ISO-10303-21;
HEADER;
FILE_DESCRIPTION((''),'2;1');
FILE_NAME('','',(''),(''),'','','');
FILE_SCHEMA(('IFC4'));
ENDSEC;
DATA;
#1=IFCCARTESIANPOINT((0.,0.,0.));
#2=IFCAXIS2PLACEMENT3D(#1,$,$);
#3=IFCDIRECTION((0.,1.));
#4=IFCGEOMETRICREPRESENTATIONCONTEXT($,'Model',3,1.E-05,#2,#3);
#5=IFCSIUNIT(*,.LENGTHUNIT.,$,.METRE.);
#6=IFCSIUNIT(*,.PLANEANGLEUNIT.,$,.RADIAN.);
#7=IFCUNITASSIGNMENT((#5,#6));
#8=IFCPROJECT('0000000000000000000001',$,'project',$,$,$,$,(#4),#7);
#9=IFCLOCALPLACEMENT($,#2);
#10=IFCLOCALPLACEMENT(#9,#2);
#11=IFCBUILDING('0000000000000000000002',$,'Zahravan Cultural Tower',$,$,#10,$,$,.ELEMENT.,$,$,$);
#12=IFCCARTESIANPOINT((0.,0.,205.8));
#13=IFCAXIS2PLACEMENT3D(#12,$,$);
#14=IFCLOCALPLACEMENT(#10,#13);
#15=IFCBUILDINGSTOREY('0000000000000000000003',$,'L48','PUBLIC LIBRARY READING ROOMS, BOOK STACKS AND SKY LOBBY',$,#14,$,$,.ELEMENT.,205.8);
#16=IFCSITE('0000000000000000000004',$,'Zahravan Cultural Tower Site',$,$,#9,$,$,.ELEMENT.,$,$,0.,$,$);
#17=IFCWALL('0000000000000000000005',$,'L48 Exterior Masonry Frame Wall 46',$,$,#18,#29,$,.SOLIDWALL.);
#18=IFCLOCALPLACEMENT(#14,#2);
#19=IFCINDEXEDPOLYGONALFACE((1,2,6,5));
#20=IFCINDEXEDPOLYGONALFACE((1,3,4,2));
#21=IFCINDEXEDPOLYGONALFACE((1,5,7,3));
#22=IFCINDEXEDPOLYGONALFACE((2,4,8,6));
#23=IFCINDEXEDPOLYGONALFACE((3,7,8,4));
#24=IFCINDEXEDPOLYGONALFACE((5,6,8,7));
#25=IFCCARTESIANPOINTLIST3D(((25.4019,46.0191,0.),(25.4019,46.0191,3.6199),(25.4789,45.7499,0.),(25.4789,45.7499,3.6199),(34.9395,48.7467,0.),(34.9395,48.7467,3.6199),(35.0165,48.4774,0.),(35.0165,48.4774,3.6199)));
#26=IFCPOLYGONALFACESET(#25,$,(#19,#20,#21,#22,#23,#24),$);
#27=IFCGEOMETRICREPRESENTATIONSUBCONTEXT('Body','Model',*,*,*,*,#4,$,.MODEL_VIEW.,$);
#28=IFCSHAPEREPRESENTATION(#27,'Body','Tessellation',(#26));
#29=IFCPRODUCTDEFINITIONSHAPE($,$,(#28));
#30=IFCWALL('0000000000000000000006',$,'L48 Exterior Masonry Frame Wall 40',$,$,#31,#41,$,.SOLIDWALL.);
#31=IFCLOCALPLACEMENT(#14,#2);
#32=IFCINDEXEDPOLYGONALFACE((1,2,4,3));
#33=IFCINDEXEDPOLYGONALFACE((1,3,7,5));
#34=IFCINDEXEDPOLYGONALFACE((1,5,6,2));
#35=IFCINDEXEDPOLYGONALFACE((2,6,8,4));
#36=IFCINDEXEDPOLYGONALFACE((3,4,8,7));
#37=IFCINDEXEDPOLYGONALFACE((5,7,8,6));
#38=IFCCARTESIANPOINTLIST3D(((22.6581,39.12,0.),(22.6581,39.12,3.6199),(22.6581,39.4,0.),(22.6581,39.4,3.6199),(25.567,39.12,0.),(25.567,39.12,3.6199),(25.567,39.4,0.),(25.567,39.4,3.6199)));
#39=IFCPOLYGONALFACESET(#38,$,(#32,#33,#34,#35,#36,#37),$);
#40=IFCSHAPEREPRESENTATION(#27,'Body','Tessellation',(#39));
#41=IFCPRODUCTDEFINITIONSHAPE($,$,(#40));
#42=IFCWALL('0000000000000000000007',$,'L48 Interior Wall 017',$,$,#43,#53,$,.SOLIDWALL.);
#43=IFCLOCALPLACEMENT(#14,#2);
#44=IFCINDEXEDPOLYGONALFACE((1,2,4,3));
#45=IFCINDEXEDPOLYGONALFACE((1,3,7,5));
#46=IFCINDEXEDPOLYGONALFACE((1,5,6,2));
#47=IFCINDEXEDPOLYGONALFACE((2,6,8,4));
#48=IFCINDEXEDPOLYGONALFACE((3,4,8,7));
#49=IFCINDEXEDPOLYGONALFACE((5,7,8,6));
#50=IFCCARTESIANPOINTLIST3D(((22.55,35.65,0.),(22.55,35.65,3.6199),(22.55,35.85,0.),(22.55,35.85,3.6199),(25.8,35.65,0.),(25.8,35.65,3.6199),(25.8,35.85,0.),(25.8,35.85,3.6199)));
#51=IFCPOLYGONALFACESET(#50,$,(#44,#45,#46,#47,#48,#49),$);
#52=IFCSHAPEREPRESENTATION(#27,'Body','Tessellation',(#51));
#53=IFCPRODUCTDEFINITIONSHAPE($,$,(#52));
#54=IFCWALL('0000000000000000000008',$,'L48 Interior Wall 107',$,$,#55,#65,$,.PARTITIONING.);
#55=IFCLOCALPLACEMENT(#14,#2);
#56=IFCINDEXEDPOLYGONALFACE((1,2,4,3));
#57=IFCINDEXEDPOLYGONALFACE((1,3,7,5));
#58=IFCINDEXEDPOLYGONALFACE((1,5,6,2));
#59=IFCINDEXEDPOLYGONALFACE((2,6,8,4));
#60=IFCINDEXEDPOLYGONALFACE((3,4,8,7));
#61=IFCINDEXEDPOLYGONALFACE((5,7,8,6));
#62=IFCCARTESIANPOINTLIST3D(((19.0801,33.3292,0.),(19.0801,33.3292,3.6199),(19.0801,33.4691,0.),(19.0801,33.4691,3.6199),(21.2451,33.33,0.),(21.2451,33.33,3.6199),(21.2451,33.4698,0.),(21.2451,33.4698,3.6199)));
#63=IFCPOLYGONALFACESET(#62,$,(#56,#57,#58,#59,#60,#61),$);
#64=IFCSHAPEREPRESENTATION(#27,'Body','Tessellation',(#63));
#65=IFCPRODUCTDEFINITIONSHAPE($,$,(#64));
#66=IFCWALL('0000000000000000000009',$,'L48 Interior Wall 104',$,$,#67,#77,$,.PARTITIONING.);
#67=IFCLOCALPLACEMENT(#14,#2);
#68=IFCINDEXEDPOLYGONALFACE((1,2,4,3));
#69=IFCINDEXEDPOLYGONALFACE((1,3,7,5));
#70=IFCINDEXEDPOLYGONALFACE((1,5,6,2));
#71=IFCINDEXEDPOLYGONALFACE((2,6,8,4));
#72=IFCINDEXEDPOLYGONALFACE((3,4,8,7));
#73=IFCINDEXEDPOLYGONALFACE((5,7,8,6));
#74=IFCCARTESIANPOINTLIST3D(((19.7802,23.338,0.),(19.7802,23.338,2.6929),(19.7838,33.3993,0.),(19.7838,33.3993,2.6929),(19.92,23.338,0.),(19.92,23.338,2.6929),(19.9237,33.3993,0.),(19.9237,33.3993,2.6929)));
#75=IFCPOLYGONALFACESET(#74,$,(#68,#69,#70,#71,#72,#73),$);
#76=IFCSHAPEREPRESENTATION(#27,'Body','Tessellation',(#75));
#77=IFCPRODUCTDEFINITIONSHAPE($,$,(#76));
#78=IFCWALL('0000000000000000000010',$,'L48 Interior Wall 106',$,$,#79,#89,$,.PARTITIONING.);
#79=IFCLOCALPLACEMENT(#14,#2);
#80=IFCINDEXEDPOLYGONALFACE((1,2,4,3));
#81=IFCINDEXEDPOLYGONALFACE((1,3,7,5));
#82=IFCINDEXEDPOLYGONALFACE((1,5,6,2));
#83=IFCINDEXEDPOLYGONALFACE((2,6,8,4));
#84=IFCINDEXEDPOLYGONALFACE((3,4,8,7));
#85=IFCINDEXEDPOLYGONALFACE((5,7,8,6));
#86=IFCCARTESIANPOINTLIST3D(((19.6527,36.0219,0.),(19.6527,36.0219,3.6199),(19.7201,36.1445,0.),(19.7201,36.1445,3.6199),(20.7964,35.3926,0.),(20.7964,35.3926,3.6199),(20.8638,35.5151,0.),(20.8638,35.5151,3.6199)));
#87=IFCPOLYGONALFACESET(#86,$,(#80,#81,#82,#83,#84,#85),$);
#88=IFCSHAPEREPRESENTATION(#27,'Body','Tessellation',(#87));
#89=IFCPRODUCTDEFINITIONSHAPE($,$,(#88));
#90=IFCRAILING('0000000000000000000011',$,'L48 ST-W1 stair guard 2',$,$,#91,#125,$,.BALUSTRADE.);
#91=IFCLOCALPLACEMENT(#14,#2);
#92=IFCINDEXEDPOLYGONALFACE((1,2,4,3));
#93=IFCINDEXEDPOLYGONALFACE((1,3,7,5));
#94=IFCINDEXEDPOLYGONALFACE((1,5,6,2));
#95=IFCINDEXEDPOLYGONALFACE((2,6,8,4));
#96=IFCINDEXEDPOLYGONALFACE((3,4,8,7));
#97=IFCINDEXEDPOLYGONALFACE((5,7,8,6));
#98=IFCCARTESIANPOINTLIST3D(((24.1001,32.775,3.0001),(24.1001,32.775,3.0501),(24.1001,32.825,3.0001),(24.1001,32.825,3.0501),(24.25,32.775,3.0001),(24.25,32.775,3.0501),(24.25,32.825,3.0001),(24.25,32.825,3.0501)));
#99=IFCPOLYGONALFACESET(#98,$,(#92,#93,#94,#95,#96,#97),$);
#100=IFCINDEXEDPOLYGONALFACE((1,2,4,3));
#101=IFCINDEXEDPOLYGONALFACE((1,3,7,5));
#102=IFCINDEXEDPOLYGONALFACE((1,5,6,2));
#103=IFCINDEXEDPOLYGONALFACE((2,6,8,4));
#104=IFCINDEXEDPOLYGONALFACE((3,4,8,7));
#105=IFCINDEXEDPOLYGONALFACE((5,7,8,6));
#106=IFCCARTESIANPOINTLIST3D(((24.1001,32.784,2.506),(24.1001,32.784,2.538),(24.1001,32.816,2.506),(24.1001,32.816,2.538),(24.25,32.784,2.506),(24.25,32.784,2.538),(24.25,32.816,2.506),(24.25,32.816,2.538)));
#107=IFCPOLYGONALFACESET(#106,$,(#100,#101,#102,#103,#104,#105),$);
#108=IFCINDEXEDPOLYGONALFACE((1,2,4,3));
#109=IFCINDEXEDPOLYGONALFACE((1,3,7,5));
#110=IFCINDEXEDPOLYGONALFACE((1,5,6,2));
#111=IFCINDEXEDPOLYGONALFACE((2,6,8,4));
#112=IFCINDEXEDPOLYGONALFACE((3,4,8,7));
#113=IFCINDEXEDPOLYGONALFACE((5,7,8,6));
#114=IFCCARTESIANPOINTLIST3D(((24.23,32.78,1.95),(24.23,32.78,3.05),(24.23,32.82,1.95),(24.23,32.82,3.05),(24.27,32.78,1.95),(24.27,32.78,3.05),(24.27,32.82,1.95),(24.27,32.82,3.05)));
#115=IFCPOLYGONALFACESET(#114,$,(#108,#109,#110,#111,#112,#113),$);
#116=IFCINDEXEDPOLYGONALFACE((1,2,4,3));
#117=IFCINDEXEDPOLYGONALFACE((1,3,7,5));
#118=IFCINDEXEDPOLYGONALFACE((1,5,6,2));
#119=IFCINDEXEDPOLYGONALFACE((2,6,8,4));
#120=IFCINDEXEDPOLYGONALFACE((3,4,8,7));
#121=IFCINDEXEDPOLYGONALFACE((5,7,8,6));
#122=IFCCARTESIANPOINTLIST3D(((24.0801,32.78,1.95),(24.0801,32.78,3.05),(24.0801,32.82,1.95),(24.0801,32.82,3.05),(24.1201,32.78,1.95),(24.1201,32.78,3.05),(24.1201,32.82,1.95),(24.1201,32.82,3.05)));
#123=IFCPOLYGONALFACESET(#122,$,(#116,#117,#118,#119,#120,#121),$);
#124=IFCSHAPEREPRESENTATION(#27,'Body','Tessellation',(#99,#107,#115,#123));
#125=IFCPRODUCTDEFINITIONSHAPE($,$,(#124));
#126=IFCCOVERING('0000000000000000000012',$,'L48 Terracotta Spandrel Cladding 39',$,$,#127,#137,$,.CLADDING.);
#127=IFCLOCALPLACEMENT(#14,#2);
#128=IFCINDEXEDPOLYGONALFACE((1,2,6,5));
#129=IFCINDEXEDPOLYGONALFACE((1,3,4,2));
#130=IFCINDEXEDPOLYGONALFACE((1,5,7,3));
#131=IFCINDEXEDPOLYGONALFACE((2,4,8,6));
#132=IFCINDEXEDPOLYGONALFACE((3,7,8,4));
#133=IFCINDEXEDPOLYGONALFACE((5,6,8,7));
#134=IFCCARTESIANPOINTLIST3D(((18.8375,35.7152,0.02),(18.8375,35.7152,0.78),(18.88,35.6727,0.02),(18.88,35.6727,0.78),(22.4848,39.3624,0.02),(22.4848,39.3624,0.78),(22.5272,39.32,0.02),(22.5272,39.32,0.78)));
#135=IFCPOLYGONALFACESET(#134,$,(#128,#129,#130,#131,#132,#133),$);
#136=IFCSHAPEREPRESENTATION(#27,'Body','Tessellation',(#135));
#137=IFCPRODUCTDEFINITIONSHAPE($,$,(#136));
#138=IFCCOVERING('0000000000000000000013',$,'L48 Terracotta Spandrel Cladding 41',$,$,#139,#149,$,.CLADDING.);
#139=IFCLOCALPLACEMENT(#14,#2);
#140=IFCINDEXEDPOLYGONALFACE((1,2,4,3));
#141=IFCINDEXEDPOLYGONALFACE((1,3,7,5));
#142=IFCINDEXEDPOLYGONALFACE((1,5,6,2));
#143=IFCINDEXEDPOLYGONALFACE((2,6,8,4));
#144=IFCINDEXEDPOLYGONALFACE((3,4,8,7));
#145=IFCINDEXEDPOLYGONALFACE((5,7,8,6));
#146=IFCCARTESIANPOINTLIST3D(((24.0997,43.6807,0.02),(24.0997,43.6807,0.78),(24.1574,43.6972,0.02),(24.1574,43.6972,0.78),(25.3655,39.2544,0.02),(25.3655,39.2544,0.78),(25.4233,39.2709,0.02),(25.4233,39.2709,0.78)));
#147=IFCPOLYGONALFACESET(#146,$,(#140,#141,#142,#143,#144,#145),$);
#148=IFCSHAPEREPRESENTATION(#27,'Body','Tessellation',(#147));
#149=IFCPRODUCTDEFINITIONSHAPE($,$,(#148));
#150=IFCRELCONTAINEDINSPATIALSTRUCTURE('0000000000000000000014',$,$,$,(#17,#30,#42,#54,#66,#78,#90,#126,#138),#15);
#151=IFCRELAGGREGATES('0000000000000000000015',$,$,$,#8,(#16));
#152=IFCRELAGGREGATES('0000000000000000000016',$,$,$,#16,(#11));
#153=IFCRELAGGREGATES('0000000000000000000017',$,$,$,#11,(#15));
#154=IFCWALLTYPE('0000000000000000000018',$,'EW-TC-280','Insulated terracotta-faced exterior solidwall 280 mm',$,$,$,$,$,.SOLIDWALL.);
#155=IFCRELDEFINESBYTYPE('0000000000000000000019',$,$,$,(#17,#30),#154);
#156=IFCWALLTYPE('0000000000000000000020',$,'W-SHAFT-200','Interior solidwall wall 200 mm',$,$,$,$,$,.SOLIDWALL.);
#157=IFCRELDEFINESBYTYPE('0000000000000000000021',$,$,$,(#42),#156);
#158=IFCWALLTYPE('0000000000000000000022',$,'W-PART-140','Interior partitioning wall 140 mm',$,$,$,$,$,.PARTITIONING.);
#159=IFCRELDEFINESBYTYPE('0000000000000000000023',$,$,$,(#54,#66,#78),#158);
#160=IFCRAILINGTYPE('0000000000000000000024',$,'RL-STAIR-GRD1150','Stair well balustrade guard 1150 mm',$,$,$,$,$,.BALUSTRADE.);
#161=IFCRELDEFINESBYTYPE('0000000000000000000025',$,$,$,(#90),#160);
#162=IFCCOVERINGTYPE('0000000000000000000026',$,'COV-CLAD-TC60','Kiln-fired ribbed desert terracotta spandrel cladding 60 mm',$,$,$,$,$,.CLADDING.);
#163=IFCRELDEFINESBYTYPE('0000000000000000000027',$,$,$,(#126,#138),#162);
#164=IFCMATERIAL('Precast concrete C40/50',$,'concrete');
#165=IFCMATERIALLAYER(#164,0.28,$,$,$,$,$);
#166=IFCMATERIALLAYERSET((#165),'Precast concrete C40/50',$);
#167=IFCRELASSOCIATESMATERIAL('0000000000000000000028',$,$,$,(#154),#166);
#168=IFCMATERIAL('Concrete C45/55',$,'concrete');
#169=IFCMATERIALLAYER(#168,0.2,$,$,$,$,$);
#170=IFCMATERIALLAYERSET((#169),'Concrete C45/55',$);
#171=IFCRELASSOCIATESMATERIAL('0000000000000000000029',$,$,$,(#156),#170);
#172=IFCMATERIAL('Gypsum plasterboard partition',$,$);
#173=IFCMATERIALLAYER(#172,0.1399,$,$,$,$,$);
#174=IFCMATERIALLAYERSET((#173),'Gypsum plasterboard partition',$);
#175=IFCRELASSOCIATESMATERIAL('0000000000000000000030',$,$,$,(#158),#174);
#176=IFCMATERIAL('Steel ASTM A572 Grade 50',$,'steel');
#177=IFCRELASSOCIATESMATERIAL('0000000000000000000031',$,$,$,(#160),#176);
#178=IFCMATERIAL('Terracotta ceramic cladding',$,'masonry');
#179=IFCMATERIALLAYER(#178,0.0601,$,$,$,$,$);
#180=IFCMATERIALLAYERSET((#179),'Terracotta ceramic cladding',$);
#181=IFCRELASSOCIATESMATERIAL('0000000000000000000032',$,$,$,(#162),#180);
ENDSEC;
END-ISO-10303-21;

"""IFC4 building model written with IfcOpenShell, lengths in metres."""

from ifc_helpers import new_model, si_unit, direction, frame, frame_2d, origin, origin_2d, place, context, subcontext, project, spatial, rectangle, extrude, source, transform, mapped, material, layer, layer_set, type_object, element, save


model = new_model("IFC4")

# Units and contexts
model_context = context("Model", 3, precision=1e-05, world=origin(), true_north=direction((0.0, 1.0)))
body_context = subcontext(model_context, "Body", "Model", "MODEL_VIEW")
ifc_project = project(units=[si_unit("LENGTHUNIT", "METRE"), si_unit("PLANEANGLEUNIT", "RADIAN")], contexts=[model_context])

# Site, building, storey
site_placement = place(None, origin())
site = spatial("IfcSite", under=ifc_project, at=site_placement, Name="Zahravan Cultural Tower Site", CompositionType="ELEMENT", RefElevation=0.0)
building_placement = place(site_placement, origin())
building = spatial("IfcBuilding", under=site, at=building_placement, Name="Zahravan Cultural Tower", CompositionType="ELEMENT")
storey_placement = place(building_placement, frame((0.0, 0.0, 205.8)))
storey = spatial("IfcBuildingStorey", under=building, at=storey_placement, Name="L48", Description="PUBLIC LIBRARY READING ROOMS, BOOK STACKS AND SKY LOBBY", CompositionType="ELEMENT", Elevation=205.8)

# Shared definitions
ifc_material_1 = material(Name="Precast concrete C40/50", Category="concrete")
ifc_layer_1 = layer(ifc_material_1, 0.28)
ifc_layer_set_1 = layer_set([ifc_layer_1], Name="Precast concrete C40/50")
wall_type_1 = type_object("IfcWallType", Name="EW-TC-280", Description="Insulated terracotta-faced exterior solidwall 280 mm", PredefinedType="SOLIDWALL", material=ifc_layer_set_1)

# Shared definitions
ifc_material_2 = material(Name="Concrete C45/55", Category="concrete")
ifc_layer_2 = layer(ifc_material_2, 0.2)
ifc_layer_set_2 = layer_set([ifc_layer_2], Name="Concrete C45/55")
wall_type_2 = type_object("IfcWallType", Name="W-SHAFT-200", Description="Interior solidwall wall 200 mm", PredefinedType="SOLIDWALL", material=ifc_layer_set_2)
ifc_material_3 = material(Name="Steel ASTM A572 Grade 50", Category="steel")

# Walls
shared_shape_1 = source(origin(), body_context, "Body", "SweptSolid", [
    extrude(rectangle(XDim=9.9199, YDim=0.28, at=frame_2d((4.96, 0.0))), origin(), (0.0, 0.0, 1.0), 3.6199),
])
wall_1_placement = place(storey_placement, frame((25.4404, 45.8845, 0.0), z_axis=(0.0, 0.0, 1.0), x_axis=(0.961457, 0.274955, 0.0)))
element("IfcWall", 1, at=wall_1_placement, inside=storey, type_object=wall_type_1, Name="L48 Exterior Masonry Frame Wall 46", PredefinedType="SOLIDWALL", context=body_context, shape_type="MappedRepresentation", body=[
    mapped(shared_shape_1, transform((0.0, 0.0, 0.0), x_axis=(1.0, 0.0, 0.0), y_axis=(0.0, 1.0, 0.0), z_axis=(0.0, 0.0, 1.0), scale=1.0)),
])
shared_shape_2 = source(origin(), body_context, "Body", "SweptSolid", [
    extrude(rectangle(XDim=2.9089, YDim=0.28, at=frame_2d((1.4546, 0.0))), origin(), (0.0, 0.0, 1.0), 3.6199),
])
wall_2_placement = place(storey_placement, frame((22.658, 39.26, 0.0), z_axis=(0.0, 0.0, 1.0), x_axis=(1.0, 0.0, 0.0)))
element("IfcWall", 2, at=wall_2_placement, inside=storey, type_object=wall_type_1, Name="L48 Exterior Masonry Frame Wall 40", PredefinedType="SOLIDWALL", context=body_context, shape_type="MappedRepresentation", body=[
    mapped(shared_shape_2, transform((0.0, 0.0, 0.0), x_axis=(1.0, 0.0, 0.0), y_axis=(0.0, 1.0, 0.0), z_axis=(0.0, 0.0, 1.0), scale=1.0)),
])
shared_shape_3 = source(origin(), body_context, "Body", "SweptSolid", [
    extrude(rectangle(XDim=3.25, YDim=0.2, at=frame_2d((1.625, 0.0))), origin(), (0.0, 0.0, 1.0), 3.6199),
])
wall_3_placement = place(storey_placement, frame((22.55, 35.75, 0.0), z_axis=(0.0, 0.0, 1.0), x_axis=(1.0, 0.0, 0.0)))
element("IfcWall", 3, at=wall_3_placement, inside=storey, type_object=wall_type_2, Name="L48 Interior Wall 017", PredefinedType="SOLIDWALL", context=body_context, shape_type="MappedRepresentation", body=[
    mapped(shared_shape_3, transform((0.0, 0.0, 0.0), x_axis=(1.0, 0.0, 0.0), y_axis=(0.0, 1.0, 0.0), z_axis=(0.0, 0.0, 1.0), scale=1.0)),
])
ifc_material_4 = material(Name="Gypsum plasterboard partition")
ifc_layer_3 = layer(ifc_material_4, 0.1399)
ifc_layer_set_3 = layer_set([ifc_layer_3], Name="Gypsum plasterboard partition")
wall_type_3 = type_object("IfcWallType", Name="W-PART-140", Description="Interior partitioning wall 140 mm", PredefinedType="PARTITIONING", material=ifc_layer_set_3)
shared_shape_4 = source(origin(), body_context, "Body", "SweptSolid", [
    extrude(rectangle(XDim=2.165, YDim=0.1399, at=frame_2d((1.0825, 0.0))), origin(), (0.0, 0.0, 1.0), 3.6199),
])
wall_4_placement = place(storey_placement, frame((21.2451, 33.3999, 0.0), z_axis=(0.0, 0.0, 1.0), x_axis=(-1.0, -0.000338, 0.0)))
element("IfcWall", 4, at=wall_4_placement, inside=storey, type_object=wall_type_3, Name="L48 Interior Wall 107", PredefinedType="PARTITIONING", context=body_context, shape_type="MappedRepresentation", body=[
    mapped(shared_shape_4, transform((0.0, 0.0, 0.0), x_axis=(1.0, 0.0, 0.0), y_axis=(0.0, 1.0, 0.0), z_axis=(0.0, 0.0, 1.0), scale=1.0)),
])
shared_shape_5 = source(origin(), body_context, "Body", "SweptSolid", [
    extrude(rectangle(XDim=10.0613, YDim=0.1399, at=frame_2d((5.0308, 0.0))), origin(), (0.0, 0.0, 1.0), 2.6929),
])
wall_5_placement = place(storey_placement, frame((19.8538, 33.3994, 0.0), z_axis=(0.0, 0.0, 1.0), x_axis=(-0.000364, -1.0, 0.0)))
element("IfcWall", 5, at=wall_5_placement, inside=storey, type_object=wall_type_3, Name="L48 Interior Wall 104", PredefinedType="PARTITIONING", context=body_context, shape_type="MappedRepresentation", body=[
    mapped(shared_shape_5, transform((0.0, 0.0, 0.0), x_axis=(1.0, 0.0, 0.0), y_axis=(0.0, 1.0, 0.0), z_axis=(0.0, 0.0, 1.0), scale=1.0)),
])
shared_shape_6 = source(origin(), body_context, "Body", "SweptSolid", [
    extrude(rectangle(XDim=1.3054, YDim=0.1399, at=frame_2d((0.6528, 0.0))), origin(), (0.0, 0.0, 1.0), 3.6199),
])
wall_6_placement = place(storey_placement, frame((19.6863, 36.0833, 0.0), z_axis=(0.0, 0.0, 1.0), x_axis=(0.876117, -0.482098, 0.0)))
element("IfcWall", 6, at=wall_6_placement, inside=storey, type_object=wall_type_3, Name="L48 Interior Wall 106", PredefinedType="PARTITIONING", context=body_context, shape_type="MappedRepresentation", body=[
    mapped(shared_shape_6, transform((0.0, 0.0, 0.0), x_axis=(1.0, 0.0, 0.0), y_axis=(0.0, 1.0, 0.0), z_axis=(0.0, 0.0, 1.0), scale=1.0)),
])

# Railing
railing_type = type_object("IfcRailingType", Name="RL-STAIR-GRD1150", Description="Stair well balustrade guard 1150 mm", PredefinedType="BALUSTRADE", material=ifc_material_3)
railing_placement = place(storey_placement, frame((24.25, 32.8, 1.95)))
element("IfcRailing", 7, at=railing_placement, inside=storey, type_object=railing_type, Name="L48 ST-W1 stair guard 2", PredefinedType="BALUSTRADE", context=body_context, shape_type="SweptSolid", body=[
    extrude(rectangle(XDim=0.05, YDim=0.05, at=origin_2d()), frame((0.0, 0.0, 1.0752), z_axis=(-1.0, 0.0, 0.0), x_axis=(0.0, -1.0, 0.0)), (0.0, 0.0, 1.0), 0.1499),
    extrude(rectangle(XDim=0.032, YDim=0.032, at=origin_2d()), frame((0.0, 0.0, 0.572), z_axis=(-1.0, 0.0, 0.0), x_axis=(0.0, -1.0, 0.0)), (0.0, 0.0, 1.0), 0.1499),
    extrude(rectangle(XDim=0.04, YDim=0.04, at=origin_2d()), origin(), (0.0, 0.0, 1.0), 1.1001),
    extrude(rectangle(XDim=0.04, YDim=0.04, at=origin_2d()), frame((-0.1499, 0.0, 0.0)), (0.0, 0.0, 1.0), 1.1001),
])

# Coverings
ifc_material_5 = material(Name="Terracotta ceramic cladding", Category="masonry")
ifc_layer_4 = layer(ifc_material_5, 0.0601)
ifc_layer_set_4 = layer_set([ifc_layer_4], Name="Terracotta ceramic cladding")
covering_type = type_object("IfcCoveringType", Name="COV-CLAD-TC60", Description="Kiln-fired ribbed desert terracotta spandrel cladding 60 mm", PredefinedType="CLADDING", material=ifc_layer_set_4)
shared_shape_7 = source(origin(), body_context, "Body", "SweptSolid", [
    extrude(rectangle(XDim=5.158, YDim=0.0601, at=origin_2d()), origin(), (0.0, 0.0, 1.0), 0.76),
])
covering_1_placement = place(storey_placement, frame((20.6824, 37.5176, 0.02), z_axis=(0.0, 0.0, 1.0), x_axis=(0.707107, 0.707107, 0.0)))
element("IfcCovering", 8, at=covering_1_placement, inside=storey, type_object=covering_type, Name="L48 Terracotta Spandrel Cladding 39", PredefinedType="CLADDING", context=body_context, shape_type="MappedRepresentation", body=[
    mapped(shared_shape_7, transform((0.0, 0.0, 0.0), x_axis=(1.0, 0.0, 0.0), y_axis=(0.0, 1.0, 0.0), z_axis=(0.0, 0.0, 1.0), scale=1.0)),
])
shared_shape_8 = source(origin(), body_context, "Body", "SweptSolid", [
    extrude(rectangle(XDim=4.6038, YDim=0.0601, at=origin_2d()), origin(), (0.0, 0.0, 1.0), 0.76),
])
covering_2_placement = place(storey_placement, frame((24.7615, 41.4758, 0.02), z_axis=(0.0, 0.0, 1.0), x_axis=(-0.274966, 0.961454, 0.0)))
element("IfcCovering", 9, at=covering_2_placement, inside=storey, type_object=covering_type, Name="L48 Terracotta Spandrel Cladding 41", PredefinedType="CLADDING", context=body_context, shape_type="MappedRepresentation", body=[
    mapped(shared_shape_8, transform((0.0, 0.0, 0.0), x_axis=(1.0, 0.0, 0.0), y_axis=(0.0, 1.0, 0.0), z_axis=(0.0, 0.0, 1.0), scale=1.0)),
])

save(model, "model.ifc")
